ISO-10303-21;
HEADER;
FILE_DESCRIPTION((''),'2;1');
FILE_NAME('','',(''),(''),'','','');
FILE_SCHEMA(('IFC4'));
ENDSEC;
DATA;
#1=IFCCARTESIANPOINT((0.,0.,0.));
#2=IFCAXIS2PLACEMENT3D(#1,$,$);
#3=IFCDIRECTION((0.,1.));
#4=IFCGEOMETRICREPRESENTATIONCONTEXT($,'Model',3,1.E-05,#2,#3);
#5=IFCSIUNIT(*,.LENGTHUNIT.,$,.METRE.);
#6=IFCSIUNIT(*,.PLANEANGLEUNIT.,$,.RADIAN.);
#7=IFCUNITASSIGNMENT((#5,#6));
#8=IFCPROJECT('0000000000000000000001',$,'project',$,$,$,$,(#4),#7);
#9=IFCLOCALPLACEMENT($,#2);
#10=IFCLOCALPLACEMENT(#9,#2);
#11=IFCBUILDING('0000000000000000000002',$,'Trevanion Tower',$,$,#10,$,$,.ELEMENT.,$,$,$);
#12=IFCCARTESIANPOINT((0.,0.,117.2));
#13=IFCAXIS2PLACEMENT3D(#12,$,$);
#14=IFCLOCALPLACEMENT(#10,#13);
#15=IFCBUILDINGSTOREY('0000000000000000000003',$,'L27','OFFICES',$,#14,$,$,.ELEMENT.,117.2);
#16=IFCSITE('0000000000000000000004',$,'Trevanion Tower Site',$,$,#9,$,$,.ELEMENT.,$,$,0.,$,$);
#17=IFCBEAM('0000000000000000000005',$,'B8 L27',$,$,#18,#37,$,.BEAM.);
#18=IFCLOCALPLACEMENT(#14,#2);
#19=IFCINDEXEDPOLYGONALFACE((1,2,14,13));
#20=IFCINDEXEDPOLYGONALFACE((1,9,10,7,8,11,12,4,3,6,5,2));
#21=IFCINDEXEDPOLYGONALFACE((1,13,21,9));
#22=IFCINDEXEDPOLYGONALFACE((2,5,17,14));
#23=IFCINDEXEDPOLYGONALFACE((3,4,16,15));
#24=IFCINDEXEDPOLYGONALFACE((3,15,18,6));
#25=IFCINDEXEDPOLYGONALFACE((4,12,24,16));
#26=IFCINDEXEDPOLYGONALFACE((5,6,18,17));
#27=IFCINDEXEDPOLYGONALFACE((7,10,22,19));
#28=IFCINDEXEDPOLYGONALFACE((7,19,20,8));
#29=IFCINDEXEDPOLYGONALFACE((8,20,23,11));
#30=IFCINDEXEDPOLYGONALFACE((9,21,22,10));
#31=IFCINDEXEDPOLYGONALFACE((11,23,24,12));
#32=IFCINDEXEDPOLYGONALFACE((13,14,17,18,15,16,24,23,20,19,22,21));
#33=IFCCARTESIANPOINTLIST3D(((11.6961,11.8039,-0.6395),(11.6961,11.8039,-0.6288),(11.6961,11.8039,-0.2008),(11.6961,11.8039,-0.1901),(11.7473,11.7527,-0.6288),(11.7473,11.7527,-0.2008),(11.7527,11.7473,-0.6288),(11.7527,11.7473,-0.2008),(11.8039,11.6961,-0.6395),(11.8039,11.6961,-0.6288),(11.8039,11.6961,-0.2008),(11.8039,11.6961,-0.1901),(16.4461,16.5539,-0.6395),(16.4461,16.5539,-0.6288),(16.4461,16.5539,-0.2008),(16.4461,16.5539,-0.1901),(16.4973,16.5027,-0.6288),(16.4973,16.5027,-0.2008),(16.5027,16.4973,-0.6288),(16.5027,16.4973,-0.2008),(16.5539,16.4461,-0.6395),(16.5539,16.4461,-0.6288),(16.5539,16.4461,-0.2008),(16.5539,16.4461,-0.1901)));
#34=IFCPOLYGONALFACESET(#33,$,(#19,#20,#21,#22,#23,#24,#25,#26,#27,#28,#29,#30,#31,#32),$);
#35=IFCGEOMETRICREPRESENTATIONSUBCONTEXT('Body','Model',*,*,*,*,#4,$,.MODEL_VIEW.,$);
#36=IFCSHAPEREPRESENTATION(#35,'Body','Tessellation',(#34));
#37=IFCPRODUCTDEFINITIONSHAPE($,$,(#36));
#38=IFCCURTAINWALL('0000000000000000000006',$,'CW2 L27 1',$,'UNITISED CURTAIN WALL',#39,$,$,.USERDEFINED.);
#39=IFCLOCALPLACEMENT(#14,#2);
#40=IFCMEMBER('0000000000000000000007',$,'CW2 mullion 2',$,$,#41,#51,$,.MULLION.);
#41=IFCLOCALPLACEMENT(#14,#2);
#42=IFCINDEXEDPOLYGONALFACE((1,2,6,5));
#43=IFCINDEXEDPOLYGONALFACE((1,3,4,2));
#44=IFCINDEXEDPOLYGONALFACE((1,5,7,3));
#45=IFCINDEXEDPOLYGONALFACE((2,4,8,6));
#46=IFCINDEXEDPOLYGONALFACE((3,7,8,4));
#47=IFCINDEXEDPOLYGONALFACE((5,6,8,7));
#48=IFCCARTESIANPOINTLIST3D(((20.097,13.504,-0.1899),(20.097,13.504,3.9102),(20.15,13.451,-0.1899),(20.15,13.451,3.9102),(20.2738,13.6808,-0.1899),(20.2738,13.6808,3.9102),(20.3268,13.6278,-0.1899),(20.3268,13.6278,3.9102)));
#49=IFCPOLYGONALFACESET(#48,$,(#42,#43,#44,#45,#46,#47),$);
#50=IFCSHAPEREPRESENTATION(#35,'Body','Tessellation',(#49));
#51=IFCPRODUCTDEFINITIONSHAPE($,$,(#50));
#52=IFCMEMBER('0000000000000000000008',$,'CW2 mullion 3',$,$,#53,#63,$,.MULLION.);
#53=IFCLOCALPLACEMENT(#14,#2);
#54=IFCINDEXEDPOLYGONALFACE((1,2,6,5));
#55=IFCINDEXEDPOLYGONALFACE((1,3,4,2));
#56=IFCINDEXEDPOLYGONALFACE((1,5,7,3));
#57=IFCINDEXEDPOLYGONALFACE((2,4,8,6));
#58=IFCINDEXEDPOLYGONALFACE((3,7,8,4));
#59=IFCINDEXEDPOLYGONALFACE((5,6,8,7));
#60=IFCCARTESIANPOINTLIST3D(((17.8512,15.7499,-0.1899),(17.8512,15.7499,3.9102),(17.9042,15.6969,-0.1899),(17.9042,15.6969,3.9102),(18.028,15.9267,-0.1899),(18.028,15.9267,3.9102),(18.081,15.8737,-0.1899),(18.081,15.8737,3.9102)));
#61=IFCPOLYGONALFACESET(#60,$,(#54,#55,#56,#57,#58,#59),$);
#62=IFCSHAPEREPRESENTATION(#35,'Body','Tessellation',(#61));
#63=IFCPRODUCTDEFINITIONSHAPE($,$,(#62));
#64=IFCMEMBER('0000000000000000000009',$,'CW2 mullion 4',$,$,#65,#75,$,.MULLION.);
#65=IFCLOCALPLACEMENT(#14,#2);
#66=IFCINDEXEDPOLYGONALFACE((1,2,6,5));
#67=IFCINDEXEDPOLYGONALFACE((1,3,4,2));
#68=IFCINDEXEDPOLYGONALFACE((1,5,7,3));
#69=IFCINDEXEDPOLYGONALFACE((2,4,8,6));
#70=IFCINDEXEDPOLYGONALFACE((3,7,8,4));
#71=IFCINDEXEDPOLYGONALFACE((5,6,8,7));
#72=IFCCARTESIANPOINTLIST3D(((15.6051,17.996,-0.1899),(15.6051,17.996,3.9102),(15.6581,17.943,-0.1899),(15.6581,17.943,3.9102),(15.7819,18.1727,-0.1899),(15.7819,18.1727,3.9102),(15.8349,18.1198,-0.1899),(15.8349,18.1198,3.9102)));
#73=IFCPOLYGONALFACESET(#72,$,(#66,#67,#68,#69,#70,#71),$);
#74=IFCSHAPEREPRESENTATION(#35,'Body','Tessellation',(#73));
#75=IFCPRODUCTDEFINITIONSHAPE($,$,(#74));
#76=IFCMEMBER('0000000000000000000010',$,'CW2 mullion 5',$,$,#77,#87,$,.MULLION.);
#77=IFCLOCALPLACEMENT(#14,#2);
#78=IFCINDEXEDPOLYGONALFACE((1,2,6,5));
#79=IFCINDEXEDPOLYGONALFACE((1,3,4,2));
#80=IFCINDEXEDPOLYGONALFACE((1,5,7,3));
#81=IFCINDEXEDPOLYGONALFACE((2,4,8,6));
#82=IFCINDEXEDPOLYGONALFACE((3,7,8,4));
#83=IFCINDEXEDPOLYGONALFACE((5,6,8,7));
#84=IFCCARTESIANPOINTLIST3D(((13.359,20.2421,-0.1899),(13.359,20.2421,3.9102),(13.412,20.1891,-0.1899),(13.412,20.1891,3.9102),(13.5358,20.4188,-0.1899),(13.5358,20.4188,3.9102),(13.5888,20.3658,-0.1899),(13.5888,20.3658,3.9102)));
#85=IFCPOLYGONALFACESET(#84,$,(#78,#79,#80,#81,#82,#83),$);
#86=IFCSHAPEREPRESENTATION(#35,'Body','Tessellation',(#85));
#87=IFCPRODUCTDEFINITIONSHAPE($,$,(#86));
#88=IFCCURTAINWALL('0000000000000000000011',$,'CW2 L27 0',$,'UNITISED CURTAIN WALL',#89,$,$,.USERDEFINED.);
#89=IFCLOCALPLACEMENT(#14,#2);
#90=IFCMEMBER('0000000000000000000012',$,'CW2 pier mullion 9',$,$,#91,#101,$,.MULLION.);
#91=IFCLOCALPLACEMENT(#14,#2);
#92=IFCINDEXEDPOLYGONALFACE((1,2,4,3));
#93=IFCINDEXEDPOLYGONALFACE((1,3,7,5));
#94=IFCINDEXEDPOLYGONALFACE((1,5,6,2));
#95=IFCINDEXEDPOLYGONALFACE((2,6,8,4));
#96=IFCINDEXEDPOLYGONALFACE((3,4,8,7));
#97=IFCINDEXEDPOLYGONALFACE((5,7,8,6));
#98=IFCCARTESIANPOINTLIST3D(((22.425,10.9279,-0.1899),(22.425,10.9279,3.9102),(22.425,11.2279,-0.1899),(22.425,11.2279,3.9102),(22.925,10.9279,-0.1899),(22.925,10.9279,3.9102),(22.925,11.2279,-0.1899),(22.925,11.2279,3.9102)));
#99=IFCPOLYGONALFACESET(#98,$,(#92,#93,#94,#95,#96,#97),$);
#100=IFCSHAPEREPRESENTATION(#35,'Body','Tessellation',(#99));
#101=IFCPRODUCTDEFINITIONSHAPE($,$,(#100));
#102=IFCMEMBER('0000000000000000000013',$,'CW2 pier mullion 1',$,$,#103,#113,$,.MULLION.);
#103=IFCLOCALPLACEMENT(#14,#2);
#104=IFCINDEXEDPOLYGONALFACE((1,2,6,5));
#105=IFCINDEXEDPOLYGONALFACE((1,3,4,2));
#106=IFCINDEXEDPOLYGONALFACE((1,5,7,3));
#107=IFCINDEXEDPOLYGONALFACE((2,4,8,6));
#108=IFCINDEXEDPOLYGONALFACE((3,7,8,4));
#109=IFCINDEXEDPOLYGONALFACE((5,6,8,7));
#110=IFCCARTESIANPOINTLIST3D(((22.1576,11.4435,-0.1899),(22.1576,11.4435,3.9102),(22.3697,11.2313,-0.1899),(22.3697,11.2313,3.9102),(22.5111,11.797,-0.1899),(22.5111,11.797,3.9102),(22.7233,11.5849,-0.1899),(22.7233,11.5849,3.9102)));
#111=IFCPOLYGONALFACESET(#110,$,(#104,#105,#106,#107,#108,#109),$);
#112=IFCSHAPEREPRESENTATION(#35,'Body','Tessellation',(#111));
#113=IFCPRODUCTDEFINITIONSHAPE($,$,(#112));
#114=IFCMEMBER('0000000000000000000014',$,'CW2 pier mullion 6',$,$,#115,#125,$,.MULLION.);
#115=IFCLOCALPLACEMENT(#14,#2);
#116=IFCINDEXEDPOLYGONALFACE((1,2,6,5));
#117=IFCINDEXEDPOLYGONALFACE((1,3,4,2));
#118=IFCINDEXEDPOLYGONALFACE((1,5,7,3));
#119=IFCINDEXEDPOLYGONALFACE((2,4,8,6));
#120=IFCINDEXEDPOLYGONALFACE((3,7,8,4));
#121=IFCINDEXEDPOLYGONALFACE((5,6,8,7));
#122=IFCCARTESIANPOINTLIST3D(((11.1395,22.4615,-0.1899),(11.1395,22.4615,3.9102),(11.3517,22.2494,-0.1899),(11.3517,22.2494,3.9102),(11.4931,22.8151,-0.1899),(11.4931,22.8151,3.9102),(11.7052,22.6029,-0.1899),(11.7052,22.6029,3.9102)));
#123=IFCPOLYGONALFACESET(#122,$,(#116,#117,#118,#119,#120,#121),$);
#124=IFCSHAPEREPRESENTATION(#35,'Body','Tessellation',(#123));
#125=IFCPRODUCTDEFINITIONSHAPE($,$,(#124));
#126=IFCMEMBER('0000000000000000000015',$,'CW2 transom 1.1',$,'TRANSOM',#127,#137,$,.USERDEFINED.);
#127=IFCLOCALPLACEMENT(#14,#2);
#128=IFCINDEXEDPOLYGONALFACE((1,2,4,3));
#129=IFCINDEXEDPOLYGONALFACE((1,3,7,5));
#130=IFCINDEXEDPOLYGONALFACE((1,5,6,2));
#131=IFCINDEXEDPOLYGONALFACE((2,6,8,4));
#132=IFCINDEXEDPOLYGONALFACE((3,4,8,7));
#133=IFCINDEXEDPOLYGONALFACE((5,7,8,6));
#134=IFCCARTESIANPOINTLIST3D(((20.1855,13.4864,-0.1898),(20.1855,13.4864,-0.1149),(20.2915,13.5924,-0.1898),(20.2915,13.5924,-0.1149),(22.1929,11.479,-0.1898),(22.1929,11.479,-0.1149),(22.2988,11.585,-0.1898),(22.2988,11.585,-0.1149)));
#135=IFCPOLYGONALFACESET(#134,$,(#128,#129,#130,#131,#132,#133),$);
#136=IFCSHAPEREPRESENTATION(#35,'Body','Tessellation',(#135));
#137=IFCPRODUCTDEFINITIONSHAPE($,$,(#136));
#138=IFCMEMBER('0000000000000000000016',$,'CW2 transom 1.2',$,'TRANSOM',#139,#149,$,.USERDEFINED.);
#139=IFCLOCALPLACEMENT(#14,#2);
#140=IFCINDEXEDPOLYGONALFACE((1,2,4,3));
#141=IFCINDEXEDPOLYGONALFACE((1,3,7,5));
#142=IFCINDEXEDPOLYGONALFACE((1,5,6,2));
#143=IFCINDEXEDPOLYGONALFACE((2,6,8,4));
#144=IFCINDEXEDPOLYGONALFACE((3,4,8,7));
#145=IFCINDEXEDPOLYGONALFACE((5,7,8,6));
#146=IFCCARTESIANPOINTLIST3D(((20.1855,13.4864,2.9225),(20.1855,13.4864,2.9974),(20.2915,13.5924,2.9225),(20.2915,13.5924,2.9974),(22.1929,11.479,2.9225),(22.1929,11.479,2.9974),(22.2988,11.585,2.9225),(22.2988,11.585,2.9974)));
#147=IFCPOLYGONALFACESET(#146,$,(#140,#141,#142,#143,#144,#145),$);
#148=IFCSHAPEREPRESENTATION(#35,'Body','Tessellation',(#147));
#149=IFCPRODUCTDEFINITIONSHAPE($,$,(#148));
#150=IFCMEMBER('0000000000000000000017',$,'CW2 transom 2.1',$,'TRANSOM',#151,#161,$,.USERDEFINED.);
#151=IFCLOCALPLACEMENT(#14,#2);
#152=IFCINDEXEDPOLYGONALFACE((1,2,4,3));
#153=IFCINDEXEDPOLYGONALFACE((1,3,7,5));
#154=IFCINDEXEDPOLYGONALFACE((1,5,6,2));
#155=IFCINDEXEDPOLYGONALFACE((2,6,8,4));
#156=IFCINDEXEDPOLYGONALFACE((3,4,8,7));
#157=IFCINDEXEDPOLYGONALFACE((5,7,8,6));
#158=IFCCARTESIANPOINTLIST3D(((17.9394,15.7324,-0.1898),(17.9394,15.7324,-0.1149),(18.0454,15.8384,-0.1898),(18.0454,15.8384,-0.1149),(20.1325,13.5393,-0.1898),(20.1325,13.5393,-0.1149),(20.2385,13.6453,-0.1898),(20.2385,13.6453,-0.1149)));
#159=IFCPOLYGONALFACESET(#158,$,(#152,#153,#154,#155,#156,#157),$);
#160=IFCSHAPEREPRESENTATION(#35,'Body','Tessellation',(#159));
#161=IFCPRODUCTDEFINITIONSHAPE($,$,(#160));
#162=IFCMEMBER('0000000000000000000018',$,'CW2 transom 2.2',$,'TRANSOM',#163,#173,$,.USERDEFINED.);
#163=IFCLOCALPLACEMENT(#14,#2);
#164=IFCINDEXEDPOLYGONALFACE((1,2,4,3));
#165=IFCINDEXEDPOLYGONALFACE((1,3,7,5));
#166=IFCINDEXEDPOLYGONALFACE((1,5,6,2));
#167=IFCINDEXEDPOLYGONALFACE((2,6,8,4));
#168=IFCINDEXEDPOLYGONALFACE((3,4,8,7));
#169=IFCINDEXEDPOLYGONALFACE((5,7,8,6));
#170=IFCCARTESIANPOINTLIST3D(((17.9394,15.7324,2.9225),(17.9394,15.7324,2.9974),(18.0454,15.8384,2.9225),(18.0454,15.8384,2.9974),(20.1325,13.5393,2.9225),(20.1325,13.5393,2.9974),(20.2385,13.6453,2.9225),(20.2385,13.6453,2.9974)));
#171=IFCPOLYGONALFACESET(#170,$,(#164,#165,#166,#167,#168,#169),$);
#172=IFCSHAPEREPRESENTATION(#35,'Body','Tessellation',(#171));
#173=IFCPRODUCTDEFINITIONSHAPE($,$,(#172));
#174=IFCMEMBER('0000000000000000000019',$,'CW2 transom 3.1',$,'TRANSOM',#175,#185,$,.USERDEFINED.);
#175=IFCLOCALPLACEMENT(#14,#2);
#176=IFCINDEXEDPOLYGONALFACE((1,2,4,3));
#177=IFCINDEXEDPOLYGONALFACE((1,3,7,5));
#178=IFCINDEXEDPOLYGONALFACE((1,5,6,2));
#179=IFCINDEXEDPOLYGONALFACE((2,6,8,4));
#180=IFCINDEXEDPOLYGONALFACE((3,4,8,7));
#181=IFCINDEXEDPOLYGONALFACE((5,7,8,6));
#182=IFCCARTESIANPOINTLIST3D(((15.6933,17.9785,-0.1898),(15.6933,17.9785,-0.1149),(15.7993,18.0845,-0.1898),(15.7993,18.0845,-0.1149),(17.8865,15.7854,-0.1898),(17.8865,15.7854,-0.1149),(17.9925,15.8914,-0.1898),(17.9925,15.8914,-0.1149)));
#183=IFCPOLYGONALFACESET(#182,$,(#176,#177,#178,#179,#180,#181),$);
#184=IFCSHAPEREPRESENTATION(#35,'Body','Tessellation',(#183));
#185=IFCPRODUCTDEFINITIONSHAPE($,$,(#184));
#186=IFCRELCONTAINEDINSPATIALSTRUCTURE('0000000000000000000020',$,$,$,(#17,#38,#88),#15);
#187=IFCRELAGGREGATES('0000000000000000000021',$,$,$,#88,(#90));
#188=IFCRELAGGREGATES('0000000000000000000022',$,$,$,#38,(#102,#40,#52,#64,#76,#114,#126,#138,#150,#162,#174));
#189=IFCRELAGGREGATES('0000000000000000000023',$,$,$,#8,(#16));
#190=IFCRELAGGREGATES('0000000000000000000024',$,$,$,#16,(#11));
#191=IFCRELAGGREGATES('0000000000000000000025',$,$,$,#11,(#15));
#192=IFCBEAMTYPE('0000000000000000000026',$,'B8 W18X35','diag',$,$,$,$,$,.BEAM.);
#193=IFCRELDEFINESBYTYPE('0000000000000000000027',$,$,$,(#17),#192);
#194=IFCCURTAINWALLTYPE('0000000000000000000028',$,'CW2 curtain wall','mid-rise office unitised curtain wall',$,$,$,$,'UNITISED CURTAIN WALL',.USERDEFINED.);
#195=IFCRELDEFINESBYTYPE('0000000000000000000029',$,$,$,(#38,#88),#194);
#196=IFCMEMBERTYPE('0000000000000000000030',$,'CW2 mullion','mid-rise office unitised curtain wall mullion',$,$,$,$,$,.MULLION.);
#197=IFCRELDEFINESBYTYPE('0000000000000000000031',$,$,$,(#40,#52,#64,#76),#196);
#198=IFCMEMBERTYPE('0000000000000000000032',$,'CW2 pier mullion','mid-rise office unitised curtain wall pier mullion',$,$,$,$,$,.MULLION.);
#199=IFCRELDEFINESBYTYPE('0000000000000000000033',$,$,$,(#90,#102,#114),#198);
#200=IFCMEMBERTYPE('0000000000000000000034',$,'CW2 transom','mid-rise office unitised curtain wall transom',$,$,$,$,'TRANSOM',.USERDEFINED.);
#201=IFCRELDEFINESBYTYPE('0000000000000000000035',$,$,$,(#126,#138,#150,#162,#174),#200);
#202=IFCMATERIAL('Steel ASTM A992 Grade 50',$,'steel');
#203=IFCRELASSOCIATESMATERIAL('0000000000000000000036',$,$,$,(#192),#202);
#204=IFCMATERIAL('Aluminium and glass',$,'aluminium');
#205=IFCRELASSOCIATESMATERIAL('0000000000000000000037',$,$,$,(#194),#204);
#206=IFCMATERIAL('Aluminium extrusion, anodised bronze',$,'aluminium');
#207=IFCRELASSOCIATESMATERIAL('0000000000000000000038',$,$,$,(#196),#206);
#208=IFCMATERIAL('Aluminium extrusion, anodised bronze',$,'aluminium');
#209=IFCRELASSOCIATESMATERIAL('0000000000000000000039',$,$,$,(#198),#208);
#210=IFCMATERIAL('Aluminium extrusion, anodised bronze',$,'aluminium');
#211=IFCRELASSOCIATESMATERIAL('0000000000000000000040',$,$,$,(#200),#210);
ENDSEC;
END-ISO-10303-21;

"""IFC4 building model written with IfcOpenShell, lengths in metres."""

from ifc_helpers import new_model, si_unit, direction, frame, origin, origin_2d, place, context, subcontext, project, spatial, rectangle, i_section, extrude, material, material_profile, profile_set, type_object, element, aggregate, save


model = new_model("IFC4")

# Units and contexts
model_context = context("Model", 3, precision=1e-05, world=origin(), true_north=direction((0.0, 1.0)))
body_context = subcontext(model_context, "Body", "Model", "MODEL_VIEW")
ifc_project = project(units=[si_unit("LENGTHUNIT", "METRE"), si_unit("PLANEANGLEUNIT", "RADIAN")], contexts=[model_context])

# Site, building, storey
site_placement = place(None, origin())
site = spatial("IfcSite", under=ifc_project, at=site_placement, Name="Trevanion Tower Site", CompositionType="ELEMENT", RefElevation=0.0)
building_placement = place(site_placement, origin())
building = spatial("IfcBuilding", under=site, at=building_placement, Name="Trevanion Tower", CompositionType="ELEMENT")
storey_placement = place(building_placement, frame((0.0, 0.0, 117.2)))
storey = spatial("IfcBuildingStorey", under=building, at=storey_placement, Name="L27", Description="OFFICES", CompositionType="ELEMENT", Elevation=117.2)

# Beam
ifc_material_1 = material(Name="Steel ASTM A992 Grade 50", Category="steel")
ifc_material_profile_1 = material_profile(ifc_material_1, i_section(OverallWidth=0.1523, OverallDepth=0.4495, WebThickness=0.0076, FlangeThickness=0.0107, at=origin_2d()), Name="W18X35")
ifc_profile_set_1 = profile_set([ifc_material_profile_1], Name="Steel ASTM A992 Grade 50")
beam_type_1 = type_object("IfcBeamType", Name="B8 W18X35", Description="diag", PredefinedType="BEAM", material=ifc_profile_set_1)
beam_1_placement = place(storey_placement, frame((11.75, 11.75, -0.4148), z_axis=(0.707107, 0.707107, 0.0), x_axis=(-0.707107, 0.707107, 0.0)))
element("IfcBeam", 1, at=beam_1_placement, inside=storey, type_object=beam_type_1, Name="B8 L27", PredefinedType="BEAM", context=body_context, shape_type="SweptSolid", body=[
    extrude(i_section(OverallWidth=0.1523, OverallDepth=0.4495, WebThickness=0.0076, FlangeThickness=0.0107, at=origin_2d()), origin(), (0.0, 0.0, 1.0), 6.7175),
])

# Curtain wall, members
ifc_material_2 = material(Name="Aluminium and glass", Category="aluminium")
curtain_wall_type = type_object("IfcCurtainWallType", Name="CW2 curtain wall", Description="mid-rise office unitised curtain wall", ElementType="UNITISED CURTAIN WALL", PredefinedType="USERDEFINED", material=ifc_material_2)
curtain_wall_1_placement = place(storey_placement, origin())
curtain_wall_1 = element("IfcCurtainWall", 2, at=curtain_wall_1_placement, inside=storey, type_object=curtain_wall_type, Name="CW2 L27 1", ObjectType="UNITISED CURTAIN WALL", PredefinedType="USERDEFINED")
ifc_material_3 = material(Name="Aluminium extrusion, anodised bronze", Category="aluminium")
ifc_material_profile_2 = material_profile(ifc_material_3, rectangle(XDim=0.075, YDim=0.25, at=origin_2d()), Name="CW2 mullion")
ifc_profile_set_2 = profile_set([ifc_material_profile_2], Name="Aluminium extrusion, anodised bronze")
member_type_1 = type_object("IfcMemberType", Name="CW2 mullion", Description="mid-rise office unitised curtain wall mullion", PredefinedType="MULLION", material=ifc_profile_set_2)
member_1_placement = place(storey_placement, frame((20.2119, 13.5659, -0.1899), z_axis=(0.0, 0.0, 1.0), x_axis=(-0.707107, 0.707107, 0.0)))
member_1 = element("IfcMember", 3, at=member_1_placement, type_object=member_type_1, Name="CW2 mullion 2", PredefinedType="MULLION", context=body_context, shape_type="SweptSolid", body=[
    extrude(rectangle(XDim=0.075, YDim=0.25, at=origin_2d()), origin(), (0.0, 0.0, 1.0), 4.1001),
])
member_2_placement = place(storey_placement, frame((17.9661, 15.8118, -0.1899), z_axis=(0.0, 0.0, 1.0), x_axis=(-0.707107, 0.707107, 0.0)))
member_2 = element("IfcMember", 4, at=member_2_placement, type_object=member_type_1, Name="CW2 mullion 3", PredefinedType="MULLION", context=body_context, shape_type="SweptSolid", body=[
    extrude(rectangle(XDim=0.075, YDim=0.25, at=origin_2d()), origin(), (0.0, 0.0, 1.0), 4.1001),
])
member_3_placement = place(storey_placement, frame((15.72, 18.0579, -0.1899), z_axis=(0.0, 0.0, 1.0), x_axis=(-0.707107, 0.707107, 0.0)))
member_3 = element("IfcMember", 5, at=member_3_placement, type_object=member_type_1, Name="CW2 mullion 4", PredefinedType="MULLION", context=body_context, shape_type="SweptSolid", body=[
    extrude(rectangle(XDim=0.075, YDim=0.25, at=origin_2d()), origin(), (0.0, 0.0, 1.0), 4.1001),
])
member_4_placement = place(storey_placement, frame((13.4739, 20.304, -0.1899), z_axis=(0.0, 0.0, 1.0), x_axis=(-0.707107, 0.707107, 0.0)))
member_4 = element("IfcMember", 6, at=member_4_placement, type_object=member_type_1, Name="CW2 mullion 5", PredefinedType="MULLION", context=body_context, shape_type="SweptSolid", body=[
    extrude(rectangle(XDim=0.075, YDim=0.25, at=origin_2d()), origin(), (0.0, 0.0, 1.0), 4.1001),
])

# Curtain wall, member
curtain_wall_2_placement = place(storey_placement, origin())
curtain_wall_2 = element("IfcCurtainWall", 7, at=curtain_wall_2_placement, inside=storey, type_object=curtain_wall_type, Name="CW2 L27 0", ObjectType="UNITISED CURTAIN WALL", PredefinedType="USERDEFINED")
ifc_material_4 = material(Name="Aluminium extrusion, anodised bronze", Category="aluminium")
ifc_material_profile_3 = material_profile(ifc_material_4, rectangle(XDim=0.3, YDim=0.5, at=origin_2d()), Name="CW2 pier mullion")
ifc_profile_set_3 = profile_set([ifc_material_profile_3], Name="Aluminium extrusion, anodised bronze")
member_type_2 = type_object("IfcMemberType", Name="CW2 pier mullion", Description="mid-rise office unitised curtain wall pier mullion", PredefinedType="MULLION", material=ifc_profile_set_3)
member_5_placement = place(storey_placement, frame((22.675, 11.0779, -0.1899), z_axis=(0.0, 0.0, 1.0), x_axis=(0.0, 1.0, 0.0)))
member_5 = element("IfcMember", 8, at=member_5_placement, type_object=member_type_2, Name="CW2 pier mullion 9", PredefinedType="MULLION", context=body_context, shape_type="SweptSolid", body=[
    extrude(rectangle(XDim=0.3, YDim=0.5, at=origin_2d()), origin(), (0.0, 0.0, 1.0), 4.1001),
])
aggregate(curtain_wall_2, [member_5])

# Members
member_6_placement = place(storey_placement, frame((22.4404, 11.5142, -0.1899), z_axis=(0.0, 0.0, 1.0), x_axis=(-0.707107, 0.707107, 0.0)))
member_6 = element("IfcMember", 9, at=member_6_placement, type_object=member_type_2, Name="CW2 pier mullion 1", PredefinedType="MULLION", context=body_context, shape_type="SweptSolid", body=[
    extrude(rectangle(XDim=0.3, YDim=0.5, at=origin_2d()), origin(), (0.0, 0.0, 1.0), 4.1001),
])
member_7_placement = place(storey_placement, frame((11.4224, 22.5322, -0.1899), z_axis=(0.0, 0.0, 1.0), x_axis=(-0.707107, 0.707107, 0.0)))
member_7 = element("IfcMember", 10, at=member_7_placement, type_object=member_type_2, Name="CW2 pier mullion 6", PredefinedType="MULLION", context=body_context, shape_type="SweptSolid", body=[
    extrude(rectangle(XDim=0.3, YDim=0.5, at=origin_2d()), origin(), (0.0, 0.0, 1.0), 4.1001),
])
ifc_material_5 = material(Name="Aluminium extrusion, anodised bronze", Category="aluminium")
ifc_material_profile_4 = material_profile(ifc_material_5, rectangle(XDim=0.1499, YDim=0.075, at=origin_2d()), Name="CW2 transom")
ifc_profile_set_4 = profile_set([ifc_material_profile_4], Name="Aluminium extrusion, anodised bronze")
member_type_3 = type_object("IfcMemberType", Name="CW2 transom", Description="mid-rise office unitised curtain wall transom", ElementType="TRANSOM", PredefinedType="USERDEFINED", material=ifc_profile_set_4)
member_8_placement = place(storey_placement, frame((22.2458, 11.532, -0.1523), z_axis=(-0.707107, 0.707107, 0.0), x_axis=(-0.707107, -0.707107, 0.0)))
member_8 = element("IfcMember", 11, at=member_8_placement, type_object=member_type_3, Name="CW2 transom 1.1", ObjectType="TRANSOM", PredefinedType="USERDEFINED", context=body_context, shape_type="SweptSolid", body=[
    extrude(rectangle(XDim=0.1499, YDim=0.075, at=origin_2d()), origin(), (0.0, 0.0, 1.0), 2.8389),
])
member_9_placement = place(storey_placement, frame((22.2458, 11.532, 2.96), z_axis=(-0.707107, 0.707107, 0.0), x_axis=(-0.707107, -0.707107, 0.0)))
member_9 = element("IfcMember", 12, at=member_9_placement, type_object=member_type_3, Name="CW2 transom 1.2", ObjectType="TRANSOM", PredefinedType="USERDEFINED", context=body_context, shape_type="SweptSolid", body=[
    extrude(rectangle(XDim=0.1499, YDim=0.075, at=origin_2d()), origin(), (0.0, 0.0, 1.0), 2.8389),
])
member_10_placement = place(storey_placement, frame((20.1855, 13.5923, -0.1523), z_axis=(-0.707107, 0.707107, 0.0), x_axis=(-0.707107, -0.707107, 0.0)))
member_10 = element("IfcMember", 13, at=member_10_placement, type_object=member_type_3, Name="CW2 transom 2.1", ObjectType="TRANSOM", PredefinedType="USERDEFINED", context=body_context, shape_type="SweptSolid", body=[
    extrude(rectangle(XDim=0.1499, YDim=0.075, at=origin_2d()), origin(), (0.0, 0.0, 1.0), 3.1016),
])
member_11_placement = place(storey_placement, frame((20.1855, 13.5923, 2.96), z_axis=(-0.707107, 0.707107, 0.0), x_axis=(-0.707107, -0.707107, 0.0)))
member_11 = element("IfcMember", 14, at=member_11_placement, type_object=member_type_3, Name="CW2 transom 2.2", ObjectType="TRANSOM", PredefinedType="USERDEFINED", context=body_context, shape_type="SweptSolid", body=[
    extrude(rectangle(XDim=0.1499, YDim=0.075, at=origin_2d()), origin(), (0.0, 0.0, 1.0), 3.1016),
])
member_12_placement = place(storey_placement, frame((17.9395, 15.8384, -0.1523), z_axis=(-0.707107, 0.707107, 0.0), x_axis=(-0.707107, -0.707107, 0.0)))
member_12 = element("IfcMember", 15, at=member_12_placement, type_object=member_type_3, Name="CW2 transom 3.1", ObjectType="TRANSOM", PredefinedType="USERDEFINED", context=body_context, shape_type="SweptSolid", body=[
    extrude(rectangle(XDim=0.1499, YDim=0.075, at=origin_2d()), origin(), (0.0, 0.0, 1.0), 3.1016),
])

aggregate(curtain_wall_1, [member_6, member_1, member_2, member_3, member_4, member_7, member_8, member_9, member_10, member_11, member_12])

save(model, "model.ifc")
